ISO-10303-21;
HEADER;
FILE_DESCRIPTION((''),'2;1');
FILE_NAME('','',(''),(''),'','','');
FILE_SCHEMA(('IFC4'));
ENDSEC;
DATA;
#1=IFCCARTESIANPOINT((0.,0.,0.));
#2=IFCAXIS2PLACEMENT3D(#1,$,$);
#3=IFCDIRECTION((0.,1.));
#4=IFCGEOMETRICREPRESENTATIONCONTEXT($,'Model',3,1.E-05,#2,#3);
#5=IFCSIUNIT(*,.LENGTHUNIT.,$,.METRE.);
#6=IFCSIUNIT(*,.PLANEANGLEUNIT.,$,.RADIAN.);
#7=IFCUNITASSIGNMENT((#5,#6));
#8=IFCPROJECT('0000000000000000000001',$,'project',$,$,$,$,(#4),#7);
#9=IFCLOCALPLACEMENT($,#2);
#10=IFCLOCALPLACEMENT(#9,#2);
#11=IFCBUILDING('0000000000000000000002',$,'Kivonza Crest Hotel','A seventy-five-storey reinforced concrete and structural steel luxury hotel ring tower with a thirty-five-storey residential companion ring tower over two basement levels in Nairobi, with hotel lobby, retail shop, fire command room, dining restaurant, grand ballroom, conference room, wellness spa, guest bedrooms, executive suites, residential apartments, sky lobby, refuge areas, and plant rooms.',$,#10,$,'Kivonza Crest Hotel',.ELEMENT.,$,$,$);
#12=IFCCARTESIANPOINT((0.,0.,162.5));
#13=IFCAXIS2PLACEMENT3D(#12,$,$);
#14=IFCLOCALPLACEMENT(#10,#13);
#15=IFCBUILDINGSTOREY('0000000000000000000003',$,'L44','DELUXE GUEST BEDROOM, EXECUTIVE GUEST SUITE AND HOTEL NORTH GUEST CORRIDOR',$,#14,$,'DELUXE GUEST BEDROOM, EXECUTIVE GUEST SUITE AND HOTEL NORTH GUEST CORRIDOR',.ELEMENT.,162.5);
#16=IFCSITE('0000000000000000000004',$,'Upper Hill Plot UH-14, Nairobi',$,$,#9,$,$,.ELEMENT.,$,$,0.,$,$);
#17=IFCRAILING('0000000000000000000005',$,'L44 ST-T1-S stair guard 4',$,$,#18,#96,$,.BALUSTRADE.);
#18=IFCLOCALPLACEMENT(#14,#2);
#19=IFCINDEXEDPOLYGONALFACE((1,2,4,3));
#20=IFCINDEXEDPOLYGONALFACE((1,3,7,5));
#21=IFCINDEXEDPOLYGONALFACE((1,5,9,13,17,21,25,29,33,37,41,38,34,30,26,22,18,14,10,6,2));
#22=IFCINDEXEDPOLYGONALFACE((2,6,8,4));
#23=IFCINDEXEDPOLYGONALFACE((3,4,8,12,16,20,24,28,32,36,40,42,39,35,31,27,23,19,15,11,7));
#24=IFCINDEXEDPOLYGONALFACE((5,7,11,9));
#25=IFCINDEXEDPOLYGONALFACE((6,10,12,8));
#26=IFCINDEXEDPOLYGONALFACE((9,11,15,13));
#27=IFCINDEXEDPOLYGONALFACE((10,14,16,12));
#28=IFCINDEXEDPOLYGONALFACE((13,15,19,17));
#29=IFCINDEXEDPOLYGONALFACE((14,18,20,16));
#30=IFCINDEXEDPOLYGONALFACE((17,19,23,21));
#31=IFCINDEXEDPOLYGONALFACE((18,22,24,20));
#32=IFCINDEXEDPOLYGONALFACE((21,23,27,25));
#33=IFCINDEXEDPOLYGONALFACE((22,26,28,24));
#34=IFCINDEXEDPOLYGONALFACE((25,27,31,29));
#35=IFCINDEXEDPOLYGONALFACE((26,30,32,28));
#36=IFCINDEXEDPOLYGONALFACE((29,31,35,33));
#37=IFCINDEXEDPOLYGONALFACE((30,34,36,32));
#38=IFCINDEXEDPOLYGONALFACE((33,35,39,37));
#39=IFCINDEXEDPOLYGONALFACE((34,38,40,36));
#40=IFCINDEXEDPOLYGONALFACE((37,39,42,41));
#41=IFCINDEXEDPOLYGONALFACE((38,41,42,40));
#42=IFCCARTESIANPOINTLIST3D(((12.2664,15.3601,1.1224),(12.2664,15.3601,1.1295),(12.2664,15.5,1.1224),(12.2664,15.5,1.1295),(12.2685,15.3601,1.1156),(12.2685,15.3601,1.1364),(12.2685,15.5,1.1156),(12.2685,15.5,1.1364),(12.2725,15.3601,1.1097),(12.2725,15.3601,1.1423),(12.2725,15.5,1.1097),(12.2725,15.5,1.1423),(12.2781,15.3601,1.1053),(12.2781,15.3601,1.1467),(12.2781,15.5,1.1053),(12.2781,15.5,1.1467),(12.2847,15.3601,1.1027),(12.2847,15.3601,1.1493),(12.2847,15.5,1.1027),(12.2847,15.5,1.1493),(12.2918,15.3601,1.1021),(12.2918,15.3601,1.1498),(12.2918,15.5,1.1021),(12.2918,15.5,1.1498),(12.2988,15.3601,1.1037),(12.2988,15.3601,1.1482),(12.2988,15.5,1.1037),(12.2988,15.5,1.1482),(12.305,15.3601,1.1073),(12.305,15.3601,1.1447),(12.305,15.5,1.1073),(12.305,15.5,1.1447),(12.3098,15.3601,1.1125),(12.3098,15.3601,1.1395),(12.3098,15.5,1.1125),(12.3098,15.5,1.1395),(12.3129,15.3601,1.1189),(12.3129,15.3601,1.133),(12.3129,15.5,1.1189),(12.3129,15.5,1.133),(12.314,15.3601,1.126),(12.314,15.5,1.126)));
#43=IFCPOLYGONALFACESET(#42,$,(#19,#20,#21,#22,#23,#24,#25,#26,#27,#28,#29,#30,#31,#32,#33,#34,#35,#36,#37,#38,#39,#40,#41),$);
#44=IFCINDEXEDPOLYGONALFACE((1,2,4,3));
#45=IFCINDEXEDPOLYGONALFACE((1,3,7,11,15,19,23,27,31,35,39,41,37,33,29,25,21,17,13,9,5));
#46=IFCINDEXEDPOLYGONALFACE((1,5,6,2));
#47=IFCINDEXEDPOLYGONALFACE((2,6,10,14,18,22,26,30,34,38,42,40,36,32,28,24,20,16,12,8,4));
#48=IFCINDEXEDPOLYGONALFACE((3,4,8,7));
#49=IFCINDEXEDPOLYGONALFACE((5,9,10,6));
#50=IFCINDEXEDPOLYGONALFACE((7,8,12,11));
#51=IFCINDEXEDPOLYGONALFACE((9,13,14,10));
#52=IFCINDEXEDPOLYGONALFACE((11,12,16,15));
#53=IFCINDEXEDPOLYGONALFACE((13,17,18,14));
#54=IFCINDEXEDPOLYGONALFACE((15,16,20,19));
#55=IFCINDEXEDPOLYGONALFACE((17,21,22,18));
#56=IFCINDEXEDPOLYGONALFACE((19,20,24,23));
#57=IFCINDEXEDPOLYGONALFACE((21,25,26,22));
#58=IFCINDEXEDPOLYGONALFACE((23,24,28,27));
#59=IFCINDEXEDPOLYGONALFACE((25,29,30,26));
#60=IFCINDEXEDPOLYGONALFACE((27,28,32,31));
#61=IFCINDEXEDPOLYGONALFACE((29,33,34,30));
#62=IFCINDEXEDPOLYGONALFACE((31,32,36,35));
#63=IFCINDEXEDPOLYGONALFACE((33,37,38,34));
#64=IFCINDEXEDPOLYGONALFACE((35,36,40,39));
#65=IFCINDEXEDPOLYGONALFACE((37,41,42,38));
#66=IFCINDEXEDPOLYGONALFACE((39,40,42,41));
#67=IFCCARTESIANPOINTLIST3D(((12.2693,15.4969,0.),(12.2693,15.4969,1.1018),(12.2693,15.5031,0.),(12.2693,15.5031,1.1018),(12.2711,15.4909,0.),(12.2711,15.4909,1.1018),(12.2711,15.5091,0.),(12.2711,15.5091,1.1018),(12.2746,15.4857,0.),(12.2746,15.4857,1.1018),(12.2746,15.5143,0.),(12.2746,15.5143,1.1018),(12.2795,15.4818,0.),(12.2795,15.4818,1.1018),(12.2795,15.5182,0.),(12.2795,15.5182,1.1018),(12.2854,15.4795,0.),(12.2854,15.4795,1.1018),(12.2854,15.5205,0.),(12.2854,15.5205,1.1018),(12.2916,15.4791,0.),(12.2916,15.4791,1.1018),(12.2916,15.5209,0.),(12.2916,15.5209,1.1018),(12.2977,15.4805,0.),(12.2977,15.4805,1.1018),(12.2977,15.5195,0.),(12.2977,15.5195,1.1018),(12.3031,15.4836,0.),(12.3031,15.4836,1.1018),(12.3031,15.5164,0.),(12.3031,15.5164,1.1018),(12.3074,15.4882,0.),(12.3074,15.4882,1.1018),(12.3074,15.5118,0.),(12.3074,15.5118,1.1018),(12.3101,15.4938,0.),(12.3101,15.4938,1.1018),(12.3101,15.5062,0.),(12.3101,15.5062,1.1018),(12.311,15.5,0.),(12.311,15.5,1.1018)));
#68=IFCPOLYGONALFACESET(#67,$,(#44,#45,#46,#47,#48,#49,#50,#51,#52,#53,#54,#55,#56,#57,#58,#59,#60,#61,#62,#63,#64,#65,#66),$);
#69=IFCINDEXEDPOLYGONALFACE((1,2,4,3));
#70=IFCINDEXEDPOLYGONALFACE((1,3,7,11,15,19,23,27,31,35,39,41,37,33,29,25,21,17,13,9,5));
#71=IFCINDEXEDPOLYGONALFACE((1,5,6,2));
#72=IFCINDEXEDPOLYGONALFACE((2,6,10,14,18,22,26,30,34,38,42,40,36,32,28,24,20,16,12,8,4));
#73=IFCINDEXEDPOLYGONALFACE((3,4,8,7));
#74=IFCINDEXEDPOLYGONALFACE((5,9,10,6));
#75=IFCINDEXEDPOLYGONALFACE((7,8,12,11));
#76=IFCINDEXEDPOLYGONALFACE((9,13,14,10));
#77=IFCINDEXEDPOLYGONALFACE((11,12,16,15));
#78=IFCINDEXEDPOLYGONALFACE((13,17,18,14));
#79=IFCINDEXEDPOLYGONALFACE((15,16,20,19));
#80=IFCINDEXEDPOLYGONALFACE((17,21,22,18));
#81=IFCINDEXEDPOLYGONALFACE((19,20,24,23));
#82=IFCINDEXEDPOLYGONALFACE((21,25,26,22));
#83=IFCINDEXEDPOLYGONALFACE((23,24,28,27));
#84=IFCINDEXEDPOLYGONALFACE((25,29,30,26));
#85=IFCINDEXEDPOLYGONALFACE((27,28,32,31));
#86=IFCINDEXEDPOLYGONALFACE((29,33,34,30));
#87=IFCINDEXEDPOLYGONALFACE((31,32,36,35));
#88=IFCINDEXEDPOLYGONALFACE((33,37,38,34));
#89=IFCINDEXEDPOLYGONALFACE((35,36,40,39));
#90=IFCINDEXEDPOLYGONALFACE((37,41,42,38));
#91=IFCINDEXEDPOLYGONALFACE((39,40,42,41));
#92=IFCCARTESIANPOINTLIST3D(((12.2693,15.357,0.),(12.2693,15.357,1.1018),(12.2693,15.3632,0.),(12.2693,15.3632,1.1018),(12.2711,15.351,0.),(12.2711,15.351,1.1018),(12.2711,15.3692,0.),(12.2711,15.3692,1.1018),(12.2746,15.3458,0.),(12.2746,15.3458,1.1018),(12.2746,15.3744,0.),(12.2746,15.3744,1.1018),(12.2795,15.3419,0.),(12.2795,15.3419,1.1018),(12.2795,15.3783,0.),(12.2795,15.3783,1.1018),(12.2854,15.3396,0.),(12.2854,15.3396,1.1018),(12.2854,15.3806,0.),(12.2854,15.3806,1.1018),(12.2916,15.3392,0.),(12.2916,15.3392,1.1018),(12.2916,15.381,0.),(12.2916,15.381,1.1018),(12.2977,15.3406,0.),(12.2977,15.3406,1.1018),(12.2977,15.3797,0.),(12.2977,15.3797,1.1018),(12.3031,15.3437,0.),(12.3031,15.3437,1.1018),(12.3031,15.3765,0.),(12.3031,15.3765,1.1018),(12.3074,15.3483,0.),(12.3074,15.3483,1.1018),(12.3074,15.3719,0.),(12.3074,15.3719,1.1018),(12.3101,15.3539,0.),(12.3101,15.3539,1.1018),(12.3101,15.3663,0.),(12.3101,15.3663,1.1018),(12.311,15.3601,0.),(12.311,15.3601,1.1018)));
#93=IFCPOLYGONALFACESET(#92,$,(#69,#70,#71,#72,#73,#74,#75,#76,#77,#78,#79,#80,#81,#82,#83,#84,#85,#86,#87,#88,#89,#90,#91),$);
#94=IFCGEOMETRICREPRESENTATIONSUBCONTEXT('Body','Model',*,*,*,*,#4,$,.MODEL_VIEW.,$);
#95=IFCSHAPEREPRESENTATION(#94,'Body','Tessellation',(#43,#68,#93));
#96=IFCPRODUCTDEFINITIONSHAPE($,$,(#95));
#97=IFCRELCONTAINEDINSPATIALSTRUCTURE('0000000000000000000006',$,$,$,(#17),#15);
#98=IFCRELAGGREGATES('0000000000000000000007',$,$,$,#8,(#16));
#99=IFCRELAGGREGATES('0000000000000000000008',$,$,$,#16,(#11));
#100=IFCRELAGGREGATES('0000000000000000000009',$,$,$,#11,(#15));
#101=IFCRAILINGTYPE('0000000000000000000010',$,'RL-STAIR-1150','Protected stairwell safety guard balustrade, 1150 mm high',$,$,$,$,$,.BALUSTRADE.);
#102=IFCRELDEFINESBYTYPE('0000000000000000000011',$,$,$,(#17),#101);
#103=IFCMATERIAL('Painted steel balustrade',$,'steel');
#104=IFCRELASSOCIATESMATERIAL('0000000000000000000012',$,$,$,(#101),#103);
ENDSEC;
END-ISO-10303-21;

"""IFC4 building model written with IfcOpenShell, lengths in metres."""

from ifc_helpers import new_model, si_unit, direction, frame, origin, origin_2d, place, context, subcontext, project, spatial, circle, extrude, material, type_object, element, save


model = new_model("IFC4")

# Units and contexts
model_context = context("Model", 3, precision=1e-05, world=origin(), true_north=direction((0.0, 1.0)))
body_context = subcontext(model_context, "Body", "Model", "MODEL_VIEW")
ifc_project = project(units=[si_unit("LENGTHUNIT", "METRE"), si_unit("PLANEANGLEUNIT", "RADIAN")], contexts=[model_context])

# Site, building, storey
site_placement = place(None, origin())
site = spatial("IfcSite", under=ifc_project, at=site_placement, Name="Upper Hill Plot UH-14, Nairobi", CompositionType="ELEMENT", RefElevation=0.0)
building_placement = place(site_placement, origin())
building = spatial("IfcBuilding", under=site, at=building_placement, Name="Kivonza Crest Hotel", Description="A seventy-five-storey reinforced concrete and structural steel luxury hotel ring tower with a thirty-five-storey residential companion ring tower over two basement levels in Nairobi, with hotel lobby, retail shop, fire command room, dining restaurant, grand ballroom, conference room, wellness spa, guest bedrooms, executive suites, residential apartments, sky lobby, refuge areas, and plant rooms.", LongName="Kivonza Crest Hotel", CompositionType="ELEMENT")
storey_placement = place(building_placement, frame((0.0, 0.0, 162.5)))
storey = spatial("IfcBuildingStorey", under=building, at=storey_placement, Name="L44", Description="DELUXE GUEST BEDROOM, EXECUTIVE GUEST SUITE AND HOTEL NORTH GUEST CORRIDOR", LongName="DELUXE GUEST BEDROOM, EXECUTIVE GUEST SUITE AND HOTEL NORTH GUEST CORRIDOR", CompositionType="ELEMENT", Elevation=162.5)

# Railing
ifc_material_1 = material(Name="Painted steel balustrade", Category="steel")
railing_type_1 = type_object("IfcRailingType", Name="RL-STAIR-1150", Description="Protected stairwell safety guard balustrade, 1150 mm high", PredefinedType="BALUSTRADE", material=ifc_material_1)
railing_1_placement = place(storey_placement, frame((12.29, 15.5, 0.0)))
element("IfcRailing", 1, at=railing_1_placement, inside=storey, type_object=railing_type_1, Name="L44 ST-T1-S stair guard 4", PredefinedType="BALUSTRADE", context=body_context, shape_type="SweptSolid", body=[
    extrude(circle(Radius=0.0239, at=origin_2d()), frame((0.0, 0.0, 1.126), z_axis=(0.0, -1.0, 0.0), x_axis=(1.0, 0.0, 0.0)), (0.0, 0.0, 1.0), 0.1399),
    extrude(circle(Radius=0.021, at=origin_2d()), origin(), (0.0, 0.0, 1.0), 1.1018),
    extrude(circle(Radius=0.021, at=origin_2d()), frame((0.0, -0.1399, 0.0)), (0.0, 0.0, 1.0), 1.1018),
])

save(model, "model.ifc")
